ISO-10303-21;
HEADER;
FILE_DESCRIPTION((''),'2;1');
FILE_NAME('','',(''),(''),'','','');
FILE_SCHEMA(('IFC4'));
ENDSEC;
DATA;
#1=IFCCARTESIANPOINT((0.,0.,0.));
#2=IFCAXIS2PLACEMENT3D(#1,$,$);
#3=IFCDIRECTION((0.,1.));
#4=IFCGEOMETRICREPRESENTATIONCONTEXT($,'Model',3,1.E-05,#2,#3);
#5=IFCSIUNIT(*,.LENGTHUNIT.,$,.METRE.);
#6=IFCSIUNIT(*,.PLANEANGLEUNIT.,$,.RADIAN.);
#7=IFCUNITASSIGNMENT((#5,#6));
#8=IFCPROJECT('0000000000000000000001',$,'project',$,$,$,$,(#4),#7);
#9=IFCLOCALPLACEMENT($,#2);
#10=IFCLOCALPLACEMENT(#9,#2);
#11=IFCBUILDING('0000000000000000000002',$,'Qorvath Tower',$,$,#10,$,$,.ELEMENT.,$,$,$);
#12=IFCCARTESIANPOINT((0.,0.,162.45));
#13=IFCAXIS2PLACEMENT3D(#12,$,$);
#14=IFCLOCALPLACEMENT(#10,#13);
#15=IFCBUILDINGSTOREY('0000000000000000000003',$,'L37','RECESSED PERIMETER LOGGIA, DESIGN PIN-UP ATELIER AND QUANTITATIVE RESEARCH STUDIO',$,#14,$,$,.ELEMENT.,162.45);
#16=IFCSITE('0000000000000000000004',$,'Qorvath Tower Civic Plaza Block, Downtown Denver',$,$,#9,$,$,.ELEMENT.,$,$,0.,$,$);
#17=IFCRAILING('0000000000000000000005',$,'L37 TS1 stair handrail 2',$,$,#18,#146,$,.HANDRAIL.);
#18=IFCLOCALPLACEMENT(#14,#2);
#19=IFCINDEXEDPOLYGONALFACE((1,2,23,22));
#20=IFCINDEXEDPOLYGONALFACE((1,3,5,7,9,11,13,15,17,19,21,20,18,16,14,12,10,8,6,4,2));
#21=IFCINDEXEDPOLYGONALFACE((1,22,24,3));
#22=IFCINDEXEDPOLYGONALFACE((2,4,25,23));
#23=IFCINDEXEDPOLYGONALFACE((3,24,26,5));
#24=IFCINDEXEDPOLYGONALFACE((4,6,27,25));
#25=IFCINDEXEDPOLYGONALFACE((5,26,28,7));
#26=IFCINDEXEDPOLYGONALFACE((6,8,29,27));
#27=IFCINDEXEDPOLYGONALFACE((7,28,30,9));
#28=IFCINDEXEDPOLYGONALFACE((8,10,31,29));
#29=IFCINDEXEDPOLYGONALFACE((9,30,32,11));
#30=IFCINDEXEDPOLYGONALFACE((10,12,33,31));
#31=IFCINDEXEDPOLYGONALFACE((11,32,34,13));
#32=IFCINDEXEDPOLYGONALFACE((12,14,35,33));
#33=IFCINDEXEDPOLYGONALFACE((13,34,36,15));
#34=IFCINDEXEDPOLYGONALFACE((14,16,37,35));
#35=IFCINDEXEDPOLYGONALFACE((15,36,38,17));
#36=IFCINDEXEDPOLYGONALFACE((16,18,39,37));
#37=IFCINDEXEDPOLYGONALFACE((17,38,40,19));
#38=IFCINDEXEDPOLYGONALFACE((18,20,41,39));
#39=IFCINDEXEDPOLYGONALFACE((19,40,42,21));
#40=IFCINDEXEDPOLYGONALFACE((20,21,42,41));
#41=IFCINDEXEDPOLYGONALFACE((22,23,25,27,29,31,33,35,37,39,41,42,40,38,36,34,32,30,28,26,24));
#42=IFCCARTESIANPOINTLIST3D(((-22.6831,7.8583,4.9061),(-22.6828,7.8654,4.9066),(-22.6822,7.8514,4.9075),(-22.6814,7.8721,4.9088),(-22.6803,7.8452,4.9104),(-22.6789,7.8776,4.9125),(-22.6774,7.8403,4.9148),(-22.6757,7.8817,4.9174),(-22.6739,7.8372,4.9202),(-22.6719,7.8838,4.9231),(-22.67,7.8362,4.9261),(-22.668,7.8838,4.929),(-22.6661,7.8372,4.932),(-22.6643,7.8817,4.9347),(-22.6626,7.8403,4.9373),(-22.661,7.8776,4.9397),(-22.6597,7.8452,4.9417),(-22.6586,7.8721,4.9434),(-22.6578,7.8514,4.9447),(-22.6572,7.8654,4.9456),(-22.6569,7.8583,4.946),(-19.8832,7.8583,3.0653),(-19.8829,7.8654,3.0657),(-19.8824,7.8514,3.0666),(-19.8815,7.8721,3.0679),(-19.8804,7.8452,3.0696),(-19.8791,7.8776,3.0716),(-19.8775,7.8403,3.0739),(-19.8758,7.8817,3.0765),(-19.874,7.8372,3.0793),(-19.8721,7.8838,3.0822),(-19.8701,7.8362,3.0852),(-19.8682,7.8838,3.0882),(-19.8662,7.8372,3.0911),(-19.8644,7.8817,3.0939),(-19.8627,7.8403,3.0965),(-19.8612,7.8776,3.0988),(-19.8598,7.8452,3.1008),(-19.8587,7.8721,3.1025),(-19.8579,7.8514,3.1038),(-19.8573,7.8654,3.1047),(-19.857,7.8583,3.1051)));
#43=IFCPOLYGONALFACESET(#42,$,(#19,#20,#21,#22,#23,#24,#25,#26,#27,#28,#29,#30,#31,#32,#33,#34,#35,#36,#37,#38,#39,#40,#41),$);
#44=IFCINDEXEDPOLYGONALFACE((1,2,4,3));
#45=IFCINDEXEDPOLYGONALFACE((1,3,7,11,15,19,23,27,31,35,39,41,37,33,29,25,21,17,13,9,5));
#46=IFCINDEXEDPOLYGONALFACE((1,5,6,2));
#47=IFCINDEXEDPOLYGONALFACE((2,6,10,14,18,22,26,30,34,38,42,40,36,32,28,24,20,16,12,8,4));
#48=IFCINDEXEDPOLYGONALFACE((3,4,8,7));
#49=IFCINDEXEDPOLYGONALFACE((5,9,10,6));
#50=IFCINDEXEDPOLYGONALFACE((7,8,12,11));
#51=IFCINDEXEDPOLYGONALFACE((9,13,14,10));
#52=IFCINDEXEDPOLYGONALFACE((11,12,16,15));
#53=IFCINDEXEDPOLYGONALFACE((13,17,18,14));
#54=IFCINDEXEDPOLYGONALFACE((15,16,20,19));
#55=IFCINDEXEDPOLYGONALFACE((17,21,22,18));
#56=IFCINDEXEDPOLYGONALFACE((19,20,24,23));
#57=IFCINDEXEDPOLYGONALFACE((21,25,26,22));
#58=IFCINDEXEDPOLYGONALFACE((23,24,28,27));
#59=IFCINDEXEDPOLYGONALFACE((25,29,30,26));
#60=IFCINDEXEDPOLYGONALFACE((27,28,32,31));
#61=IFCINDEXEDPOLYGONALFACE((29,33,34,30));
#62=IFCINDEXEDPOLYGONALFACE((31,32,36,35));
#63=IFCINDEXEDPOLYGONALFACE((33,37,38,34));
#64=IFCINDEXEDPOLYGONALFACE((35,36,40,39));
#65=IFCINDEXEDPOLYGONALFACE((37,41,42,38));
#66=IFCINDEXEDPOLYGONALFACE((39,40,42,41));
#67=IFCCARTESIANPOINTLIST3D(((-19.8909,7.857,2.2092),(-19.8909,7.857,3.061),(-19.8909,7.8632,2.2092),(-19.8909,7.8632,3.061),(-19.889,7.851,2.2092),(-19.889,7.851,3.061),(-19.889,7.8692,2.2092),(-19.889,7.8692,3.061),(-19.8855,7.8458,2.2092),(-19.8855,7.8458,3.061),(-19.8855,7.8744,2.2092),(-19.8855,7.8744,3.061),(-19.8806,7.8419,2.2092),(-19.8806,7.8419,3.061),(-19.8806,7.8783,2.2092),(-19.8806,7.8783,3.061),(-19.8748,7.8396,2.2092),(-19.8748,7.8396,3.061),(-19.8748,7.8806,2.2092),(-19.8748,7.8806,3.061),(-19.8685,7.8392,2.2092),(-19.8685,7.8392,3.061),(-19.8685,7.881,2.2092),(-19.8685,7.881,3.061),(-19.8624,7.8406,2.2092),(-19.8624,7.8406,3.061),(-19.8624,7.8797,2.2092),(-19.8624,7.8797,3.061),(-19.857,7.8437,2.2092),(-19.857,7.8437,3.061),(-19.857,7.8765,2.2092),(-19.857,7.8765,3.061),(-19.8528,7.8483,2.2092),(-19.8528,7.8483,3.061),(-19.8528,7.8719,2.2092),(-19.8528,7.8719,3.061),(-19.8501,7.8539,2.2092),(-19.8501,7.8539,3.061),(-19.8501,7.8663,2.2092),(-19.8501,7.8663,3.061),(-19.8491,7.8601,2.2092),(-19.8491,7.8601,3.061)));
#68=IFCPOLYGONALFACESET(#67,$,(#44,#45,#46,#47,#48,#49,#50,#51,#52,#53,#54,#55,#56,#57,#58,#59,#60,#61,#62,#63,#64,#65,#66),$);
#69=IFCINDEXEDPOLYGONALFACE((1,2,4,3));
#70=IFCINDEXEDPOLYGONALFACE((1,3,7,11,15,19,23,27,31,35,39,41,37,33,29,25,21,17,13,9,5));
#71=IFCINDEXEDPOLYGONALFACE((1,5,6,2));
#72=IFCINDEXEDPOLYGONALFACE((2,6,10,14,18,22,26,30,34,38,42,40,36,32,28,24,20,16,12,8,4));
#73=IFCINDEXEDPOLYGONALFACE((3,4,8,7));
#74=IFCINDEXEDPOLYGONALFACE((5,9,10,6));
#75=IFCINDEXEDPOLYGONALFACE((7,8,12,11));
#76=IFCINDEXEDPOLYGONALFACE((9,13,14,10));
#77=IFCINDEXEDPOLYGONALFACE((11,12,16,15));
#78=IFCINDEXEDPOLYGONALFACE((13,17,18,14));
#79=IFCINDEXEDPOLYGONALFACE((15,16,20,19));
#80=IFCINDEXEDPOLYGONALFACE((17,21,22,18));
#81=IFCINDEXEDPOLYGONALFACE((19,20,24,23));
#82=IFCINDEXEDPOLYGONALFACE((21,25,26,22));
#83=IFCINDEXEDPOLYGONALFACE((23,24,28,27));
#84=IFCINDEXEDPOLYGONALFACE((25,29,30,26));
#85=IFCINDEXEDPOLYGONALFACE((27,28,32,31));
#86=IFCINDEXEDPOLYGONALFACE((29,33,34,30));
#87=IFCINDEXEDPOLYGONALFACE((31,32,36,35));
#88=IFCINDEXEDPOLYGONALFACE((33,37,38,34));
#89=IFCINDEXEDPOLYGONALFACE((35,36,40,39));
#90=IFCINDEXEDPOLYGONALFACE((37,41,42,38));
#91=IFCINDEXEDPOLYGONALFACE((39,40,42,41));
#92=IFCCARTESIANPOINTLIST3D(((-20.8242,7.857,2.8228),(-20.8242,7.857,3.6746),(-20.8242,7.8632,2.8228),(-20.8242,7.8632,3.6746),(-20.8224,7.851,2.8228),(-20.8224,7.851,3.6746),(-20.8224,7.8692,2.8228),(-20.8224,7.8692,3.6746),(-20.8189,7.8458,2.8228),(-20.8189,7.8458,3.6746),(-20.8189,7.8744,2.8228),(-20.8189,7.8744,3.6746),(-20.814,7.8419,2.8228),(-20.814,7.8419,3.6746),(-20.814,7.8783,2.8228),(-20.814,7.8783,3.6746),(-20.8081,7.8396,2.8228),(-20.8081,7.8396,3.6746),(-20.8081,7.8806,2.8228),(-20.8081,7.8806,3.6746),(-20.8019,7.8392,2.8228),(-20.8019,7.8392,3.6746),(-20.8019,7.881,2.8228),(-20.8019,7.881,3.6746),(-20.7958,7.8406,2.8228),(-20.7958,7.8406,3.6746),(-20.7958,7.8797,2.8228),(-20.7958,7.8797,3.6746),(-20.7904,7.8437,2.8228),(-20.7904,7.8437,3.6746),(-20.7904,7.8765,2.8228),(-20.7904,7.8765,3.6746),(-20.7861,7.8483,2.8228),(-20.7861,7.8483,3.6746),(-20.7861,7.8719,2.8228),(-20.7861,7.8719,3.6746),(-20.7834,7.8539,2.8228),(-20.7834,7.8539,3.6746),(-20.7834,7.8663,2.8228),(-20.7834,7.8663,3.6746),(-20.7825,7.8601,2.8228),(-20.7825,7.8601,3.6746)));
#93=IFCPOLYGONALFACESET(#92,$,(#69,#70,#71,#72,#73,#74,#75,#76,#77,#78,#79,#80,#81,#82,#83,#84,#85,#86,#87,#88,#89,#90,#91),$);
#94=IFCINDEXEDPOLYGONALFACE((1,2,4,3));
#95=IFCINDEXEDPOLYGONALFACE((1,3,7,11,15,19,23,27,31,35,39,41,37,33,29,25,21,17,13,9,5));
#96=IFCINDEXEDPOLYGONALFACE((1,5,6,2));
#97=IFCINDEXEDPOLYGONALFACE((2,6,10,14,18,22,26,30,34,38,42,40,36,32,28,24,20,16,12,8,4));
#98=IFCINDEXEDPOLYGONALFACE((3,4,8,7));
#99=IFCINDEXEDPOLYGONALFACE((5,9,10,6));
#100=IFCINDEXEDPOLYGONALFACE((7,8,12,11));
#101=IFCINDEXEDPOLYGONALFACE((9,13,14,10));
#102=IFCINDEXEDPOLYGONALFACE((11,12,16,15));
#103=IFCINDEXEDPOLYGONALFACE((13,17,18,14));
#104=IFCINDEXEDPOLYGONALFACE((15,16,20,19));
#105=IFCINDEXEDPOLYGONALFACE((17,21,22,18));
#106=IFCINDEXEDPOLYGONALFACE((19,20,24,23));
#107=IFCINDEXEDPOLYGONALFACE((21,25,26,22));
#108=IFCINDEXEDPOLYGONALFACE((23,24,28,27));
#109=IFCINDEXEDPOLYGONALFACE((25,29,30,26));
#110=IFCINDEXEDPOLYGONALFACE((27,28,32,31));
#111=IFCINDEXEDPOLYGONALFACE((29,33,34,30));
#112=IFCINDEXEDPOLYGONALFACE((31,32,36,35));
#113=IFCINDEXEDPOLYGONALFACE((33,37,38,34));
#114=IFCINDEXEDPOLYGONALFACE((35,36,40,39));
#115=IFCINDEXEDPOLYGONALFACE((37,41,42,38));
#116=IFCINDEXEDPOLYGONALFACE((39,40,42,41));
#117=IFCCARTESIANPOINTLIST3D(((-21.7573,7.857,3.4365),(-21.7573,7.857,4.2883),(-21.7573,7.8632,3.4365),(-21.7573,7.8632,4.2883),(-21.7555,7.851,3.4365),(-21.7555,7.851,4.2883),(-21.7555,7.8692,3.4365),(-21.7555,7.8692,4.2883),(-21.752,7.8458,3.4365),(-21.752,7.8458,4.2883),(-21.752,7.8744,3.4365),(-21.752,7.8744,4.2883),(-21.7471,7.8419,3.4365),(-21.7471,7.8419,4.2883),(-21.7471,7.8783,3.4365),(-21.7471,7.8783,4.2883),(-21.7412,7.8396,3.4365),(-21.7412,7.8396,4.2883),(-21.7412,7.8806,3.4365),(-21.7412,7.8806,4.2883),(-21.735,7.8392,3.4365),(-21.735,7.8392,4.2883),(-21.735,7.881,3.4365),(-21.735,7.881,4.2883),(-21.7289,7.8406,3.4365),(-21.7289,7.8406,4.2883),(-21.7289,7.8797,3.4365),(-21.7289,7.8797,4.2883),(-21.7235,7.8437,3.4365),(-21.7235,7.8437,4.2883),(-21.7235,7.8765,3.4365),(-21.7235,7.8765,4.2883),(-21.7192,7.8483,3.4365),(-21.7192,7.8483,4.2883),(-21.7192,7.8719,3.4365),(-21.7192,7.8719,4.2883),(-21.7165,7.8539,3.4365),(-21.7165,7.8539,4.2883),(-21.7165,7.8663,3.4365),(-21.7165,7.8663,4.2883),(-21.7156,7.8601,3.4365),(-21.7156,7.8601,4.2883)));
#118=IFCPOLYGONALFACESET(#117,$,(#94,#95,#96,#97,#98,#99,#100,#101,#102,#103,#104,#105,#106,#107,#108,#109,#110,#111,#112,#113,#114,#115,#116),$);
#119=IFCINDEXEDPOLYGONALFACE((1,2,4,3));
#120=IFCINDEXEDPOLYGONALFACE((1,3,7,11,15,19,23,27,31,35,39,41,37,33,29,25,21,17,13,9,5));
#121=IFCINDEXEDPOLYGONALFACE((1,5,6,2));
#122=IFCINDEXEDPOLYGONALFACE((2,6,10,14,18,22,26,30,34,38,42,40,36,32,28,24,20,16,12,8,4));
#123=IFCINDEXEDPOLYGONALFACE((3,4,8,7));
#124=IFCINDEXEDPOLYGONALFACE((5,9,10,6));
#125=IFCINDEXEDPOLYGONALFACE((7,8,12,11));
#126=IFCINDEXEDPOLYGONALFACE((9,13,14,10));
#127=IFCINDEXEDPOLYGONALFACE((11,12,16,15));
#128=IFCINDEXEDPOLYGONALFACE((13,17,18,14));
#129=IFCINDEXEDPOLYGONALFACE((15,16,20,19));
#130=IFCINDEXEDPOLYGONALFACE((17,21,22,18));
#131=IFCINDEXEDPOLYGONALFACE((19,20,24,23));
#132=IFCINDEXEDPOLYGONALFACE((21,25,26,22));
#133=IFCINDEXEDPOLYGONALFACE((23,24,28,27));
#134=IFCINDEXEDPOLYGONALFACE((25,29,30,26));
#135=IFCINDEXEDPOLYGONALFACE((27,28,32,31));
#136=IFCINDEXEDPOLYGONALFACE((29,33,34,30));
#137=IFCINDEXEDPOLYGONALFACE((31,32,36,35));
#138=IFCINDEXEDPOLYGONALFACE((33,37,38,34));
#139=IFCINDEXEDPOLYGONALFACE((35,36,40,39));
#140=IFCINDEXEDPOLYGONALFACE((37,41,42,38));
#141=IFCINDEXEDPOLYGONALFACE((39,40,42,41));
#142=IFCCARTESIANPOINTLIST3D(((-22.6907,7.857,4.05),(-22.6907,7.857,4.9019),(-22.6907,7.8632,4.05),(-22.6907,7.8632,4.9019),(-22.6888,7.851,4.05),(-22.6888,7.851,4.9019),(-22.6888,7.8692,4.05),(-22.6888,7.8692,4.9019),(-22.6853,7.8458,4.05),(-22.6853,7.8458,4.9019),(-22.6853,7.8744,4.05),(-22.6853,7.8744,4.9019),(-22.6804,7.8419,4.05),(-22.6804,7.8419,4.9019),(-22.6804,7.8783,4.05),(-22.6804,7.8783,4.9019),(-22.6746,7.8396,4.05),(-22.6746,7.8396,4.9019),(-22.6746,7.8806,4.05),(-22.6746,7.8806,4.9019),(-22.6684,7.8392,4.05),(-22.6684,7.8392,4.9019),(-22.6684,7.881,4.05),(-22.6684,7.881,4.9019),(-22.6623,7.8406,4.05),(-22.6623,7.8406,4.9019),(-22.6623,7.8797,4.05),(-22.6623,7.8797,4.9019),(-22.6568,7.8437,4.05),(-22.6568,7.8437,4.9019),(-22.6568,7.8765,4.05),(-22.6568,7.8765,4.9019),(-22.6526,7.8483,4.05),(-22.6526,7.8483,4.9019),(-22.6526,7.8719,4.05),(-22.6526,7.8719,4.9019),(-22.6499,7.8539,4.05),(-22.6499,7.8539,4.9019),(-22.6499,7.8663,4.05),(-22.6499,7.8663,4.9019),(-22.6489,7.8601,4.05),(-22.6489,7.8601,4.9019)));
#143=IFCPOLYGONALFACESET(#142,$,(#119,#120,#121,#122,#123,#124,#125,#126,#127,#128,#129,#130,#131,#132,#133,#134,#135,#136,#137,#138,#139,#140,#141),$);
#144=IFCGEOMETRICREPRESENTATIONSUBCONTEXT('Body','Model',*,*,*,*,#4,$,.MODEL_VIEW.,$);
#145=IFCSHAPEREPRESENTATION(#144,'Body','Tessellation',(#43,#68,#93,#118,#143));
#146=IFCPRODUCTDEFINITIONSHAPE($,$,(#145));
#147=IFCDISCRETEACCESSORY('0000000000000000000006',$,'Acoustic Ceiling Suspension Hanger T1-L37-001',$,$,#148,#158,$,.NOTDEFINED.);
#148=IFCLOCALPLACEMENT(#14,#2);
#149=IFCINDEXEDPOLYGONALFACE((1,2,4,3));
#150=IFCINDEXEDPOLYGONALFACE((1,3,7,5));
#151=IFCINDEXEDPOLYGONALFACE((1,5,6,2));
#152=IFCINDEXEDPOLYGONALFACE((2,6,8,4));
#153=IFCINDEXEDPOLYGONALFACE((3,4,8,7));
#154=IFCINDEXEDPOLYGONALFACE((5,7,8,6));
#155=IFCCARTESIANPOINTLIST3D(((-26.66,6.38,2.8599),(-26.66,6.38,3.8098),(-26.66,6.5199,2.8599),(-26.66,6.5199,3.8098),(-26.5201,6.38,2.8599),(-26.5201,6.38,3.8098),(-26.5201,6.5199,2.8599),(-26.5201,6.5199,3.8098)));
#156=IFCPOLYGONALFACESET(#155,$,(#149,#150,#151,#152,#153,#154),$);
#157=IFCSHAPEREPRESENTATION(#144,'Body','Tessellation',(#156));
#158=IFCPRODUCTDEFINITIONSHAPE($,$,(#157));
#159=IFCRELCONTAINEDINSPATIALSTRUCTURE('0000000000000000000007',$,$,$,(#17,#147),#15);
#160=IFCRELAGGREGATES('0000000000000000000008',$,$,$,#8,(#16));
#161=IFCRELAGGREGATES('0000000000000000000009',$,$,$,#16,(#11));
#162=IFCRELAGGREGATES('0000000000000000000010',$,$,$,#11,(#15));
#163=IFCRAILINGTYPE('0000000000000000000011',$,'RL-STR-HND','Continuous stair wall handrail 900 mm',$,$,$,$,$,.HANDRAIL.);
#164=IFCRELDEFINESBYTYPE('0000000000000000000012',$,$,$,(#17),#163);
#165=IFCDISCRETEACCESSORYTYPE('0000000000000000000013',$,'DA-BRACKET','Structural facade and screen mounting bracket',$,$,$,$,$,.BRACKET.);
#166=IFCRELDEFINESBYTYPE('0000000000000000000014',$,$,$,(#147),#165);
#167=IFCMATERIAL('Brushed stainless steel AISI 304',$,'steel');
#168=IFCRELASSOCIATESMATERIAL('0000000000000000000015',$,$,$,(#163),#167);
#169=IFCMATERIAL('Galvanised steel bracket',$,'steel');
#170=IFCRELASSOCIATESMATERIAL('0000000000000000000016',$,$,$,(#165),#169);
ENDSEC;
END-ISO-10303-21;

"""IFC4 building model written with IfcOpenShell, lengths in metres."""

from ifc_helpers import new_model, si_unit, direction, frame, origin, origin_2d, place, context, subcontext, project, spatial, rectangle, circle, extrude, material, type_object, element, save


model = new_model("IFC4")

# Units and contexts
model_context = context("Model", 3, precision=1e-05, world=origin(), true_north=direction((0.0, 1.0)))
body_context = subcontext(model_context, "Body", "Model", "MODEL_VIEW")
ifc_project = project(units=[si_unit("LENGTHUNIT", "METRE"), si_unit("PLANEANGLEUNIT", "RADIAN")], contexts=[model_context])

# Site, building, storey
site_placement = place(None, origin())
site = spatial("IfcSite", under=ifc_project, at=site_placement, Name="Qorvath Tower Civic Plaza Block, Downtown Denver", CompositionType="ELEMENT", RefElevation=0.0)
building_placement = place(site_placement, origin())
building = spatial("IfcBuilding", under=site, at=building_placement, Name="Qorvath Tower", CompositionType="ELEMENT")
storey_placement = place(building_placement, frame((0.0, 0.0, 162.45)))
storey = spatial("IfcBuildingStorey", under=building, at=storey_placement, Name="L37", Description="RECESSED PERIMETER LOGGIA, DESIGN PIN-UP ATELIER AND QUANTITATIVE RESEARCH STUDIO", CompositionType="ELEMENT", Elevation=162.45)

# Railing
ifc_material_1 = material(Name="Brushed stainless steel AISI 304", Category="steel")
railing_type_1 = type_object("IfcRailingType", Name="RL-STR-HND", Description="Continuous stair wall handrail 900 mm", PredefinedType="HANDRAIL", material=ifc_material_1)
railing_1_placement = place(storey_placement, frame((-19.8701, 7.8601, 2.2092)))
element("IfcRailing", 1, at=railing_1_placement, inside=storey, type_object=railing_type_1, Name="L37 TS1 stair handrail 2", PredefinedType="HANDRAIL", context=body_context, shape_type="SweptSolid", body=[
    extrude(circle(Radius=0.0239, at=origin_2d()), frame((0.0, 0.0, 0.876), z_axis=(-0.835576, 0.0, 0.549376), x_axis=(0.0, -1.0, 0.0)), (0.0, 0.0, 1.0), 3.3508),
    extrude(circle(Radius=0.021, at=origin_2d()), origin(), (0.0, 0.0, 1.0), 0.8518),
    extrude(circle(Radius=0.021, at=origin_2d()), frame((-0.9333, 0.0, 0.6135)), (0.0, 0.0, 1.0), 0.8518),
    extrude(circle(Radius=0.021, at=origin_2d()), frame((-1.8665, 0.0, 1.2273)), (0.0, 0.0, 1.0), 0.8518),
    extrude(circle(Radius=0.021, at=origin_2d()), frame((-2.7998, 0.0, 1.8408)), (0.0, 0.0, 1.0), 0.8518),
])

# Discrete accessory
ifc_material_2 = material(Name="Galvanised steel bracket", Category="steel")
discrete_accessory_type = type_object("IfcDiscreteAccessoryType", Name="DA-BRACKET", Description="Structural facade and screen mounting bracket", PredefinedType="BRACKET", material=ifc_material_2)
discrete_accessory_placement = place(storey_placement, frame((-26.5901, 6.45, 2.8599), z_axis=(0.0, 0.0, 1.0), x_axis=(1.0, 0.0, 0.0)))
element("IfcDiscreteAccessory", 2, at=discrete_accessory_placement, inside=storey, type_object=discrete_accessory_type, Name="Acoustic Ceiling Suspension Hanger T1-L37-001", PredefinedType="NOTDEFINED", context=body_context, shape_type="SweptSolid", body=[
    extrude(rectangle(XDim=0.1399, YDim=0.1399, at=origin_2d()), origin(), (0.0, 0.0, 1.0), 0.95),
])

save(model, "model.ifc")
